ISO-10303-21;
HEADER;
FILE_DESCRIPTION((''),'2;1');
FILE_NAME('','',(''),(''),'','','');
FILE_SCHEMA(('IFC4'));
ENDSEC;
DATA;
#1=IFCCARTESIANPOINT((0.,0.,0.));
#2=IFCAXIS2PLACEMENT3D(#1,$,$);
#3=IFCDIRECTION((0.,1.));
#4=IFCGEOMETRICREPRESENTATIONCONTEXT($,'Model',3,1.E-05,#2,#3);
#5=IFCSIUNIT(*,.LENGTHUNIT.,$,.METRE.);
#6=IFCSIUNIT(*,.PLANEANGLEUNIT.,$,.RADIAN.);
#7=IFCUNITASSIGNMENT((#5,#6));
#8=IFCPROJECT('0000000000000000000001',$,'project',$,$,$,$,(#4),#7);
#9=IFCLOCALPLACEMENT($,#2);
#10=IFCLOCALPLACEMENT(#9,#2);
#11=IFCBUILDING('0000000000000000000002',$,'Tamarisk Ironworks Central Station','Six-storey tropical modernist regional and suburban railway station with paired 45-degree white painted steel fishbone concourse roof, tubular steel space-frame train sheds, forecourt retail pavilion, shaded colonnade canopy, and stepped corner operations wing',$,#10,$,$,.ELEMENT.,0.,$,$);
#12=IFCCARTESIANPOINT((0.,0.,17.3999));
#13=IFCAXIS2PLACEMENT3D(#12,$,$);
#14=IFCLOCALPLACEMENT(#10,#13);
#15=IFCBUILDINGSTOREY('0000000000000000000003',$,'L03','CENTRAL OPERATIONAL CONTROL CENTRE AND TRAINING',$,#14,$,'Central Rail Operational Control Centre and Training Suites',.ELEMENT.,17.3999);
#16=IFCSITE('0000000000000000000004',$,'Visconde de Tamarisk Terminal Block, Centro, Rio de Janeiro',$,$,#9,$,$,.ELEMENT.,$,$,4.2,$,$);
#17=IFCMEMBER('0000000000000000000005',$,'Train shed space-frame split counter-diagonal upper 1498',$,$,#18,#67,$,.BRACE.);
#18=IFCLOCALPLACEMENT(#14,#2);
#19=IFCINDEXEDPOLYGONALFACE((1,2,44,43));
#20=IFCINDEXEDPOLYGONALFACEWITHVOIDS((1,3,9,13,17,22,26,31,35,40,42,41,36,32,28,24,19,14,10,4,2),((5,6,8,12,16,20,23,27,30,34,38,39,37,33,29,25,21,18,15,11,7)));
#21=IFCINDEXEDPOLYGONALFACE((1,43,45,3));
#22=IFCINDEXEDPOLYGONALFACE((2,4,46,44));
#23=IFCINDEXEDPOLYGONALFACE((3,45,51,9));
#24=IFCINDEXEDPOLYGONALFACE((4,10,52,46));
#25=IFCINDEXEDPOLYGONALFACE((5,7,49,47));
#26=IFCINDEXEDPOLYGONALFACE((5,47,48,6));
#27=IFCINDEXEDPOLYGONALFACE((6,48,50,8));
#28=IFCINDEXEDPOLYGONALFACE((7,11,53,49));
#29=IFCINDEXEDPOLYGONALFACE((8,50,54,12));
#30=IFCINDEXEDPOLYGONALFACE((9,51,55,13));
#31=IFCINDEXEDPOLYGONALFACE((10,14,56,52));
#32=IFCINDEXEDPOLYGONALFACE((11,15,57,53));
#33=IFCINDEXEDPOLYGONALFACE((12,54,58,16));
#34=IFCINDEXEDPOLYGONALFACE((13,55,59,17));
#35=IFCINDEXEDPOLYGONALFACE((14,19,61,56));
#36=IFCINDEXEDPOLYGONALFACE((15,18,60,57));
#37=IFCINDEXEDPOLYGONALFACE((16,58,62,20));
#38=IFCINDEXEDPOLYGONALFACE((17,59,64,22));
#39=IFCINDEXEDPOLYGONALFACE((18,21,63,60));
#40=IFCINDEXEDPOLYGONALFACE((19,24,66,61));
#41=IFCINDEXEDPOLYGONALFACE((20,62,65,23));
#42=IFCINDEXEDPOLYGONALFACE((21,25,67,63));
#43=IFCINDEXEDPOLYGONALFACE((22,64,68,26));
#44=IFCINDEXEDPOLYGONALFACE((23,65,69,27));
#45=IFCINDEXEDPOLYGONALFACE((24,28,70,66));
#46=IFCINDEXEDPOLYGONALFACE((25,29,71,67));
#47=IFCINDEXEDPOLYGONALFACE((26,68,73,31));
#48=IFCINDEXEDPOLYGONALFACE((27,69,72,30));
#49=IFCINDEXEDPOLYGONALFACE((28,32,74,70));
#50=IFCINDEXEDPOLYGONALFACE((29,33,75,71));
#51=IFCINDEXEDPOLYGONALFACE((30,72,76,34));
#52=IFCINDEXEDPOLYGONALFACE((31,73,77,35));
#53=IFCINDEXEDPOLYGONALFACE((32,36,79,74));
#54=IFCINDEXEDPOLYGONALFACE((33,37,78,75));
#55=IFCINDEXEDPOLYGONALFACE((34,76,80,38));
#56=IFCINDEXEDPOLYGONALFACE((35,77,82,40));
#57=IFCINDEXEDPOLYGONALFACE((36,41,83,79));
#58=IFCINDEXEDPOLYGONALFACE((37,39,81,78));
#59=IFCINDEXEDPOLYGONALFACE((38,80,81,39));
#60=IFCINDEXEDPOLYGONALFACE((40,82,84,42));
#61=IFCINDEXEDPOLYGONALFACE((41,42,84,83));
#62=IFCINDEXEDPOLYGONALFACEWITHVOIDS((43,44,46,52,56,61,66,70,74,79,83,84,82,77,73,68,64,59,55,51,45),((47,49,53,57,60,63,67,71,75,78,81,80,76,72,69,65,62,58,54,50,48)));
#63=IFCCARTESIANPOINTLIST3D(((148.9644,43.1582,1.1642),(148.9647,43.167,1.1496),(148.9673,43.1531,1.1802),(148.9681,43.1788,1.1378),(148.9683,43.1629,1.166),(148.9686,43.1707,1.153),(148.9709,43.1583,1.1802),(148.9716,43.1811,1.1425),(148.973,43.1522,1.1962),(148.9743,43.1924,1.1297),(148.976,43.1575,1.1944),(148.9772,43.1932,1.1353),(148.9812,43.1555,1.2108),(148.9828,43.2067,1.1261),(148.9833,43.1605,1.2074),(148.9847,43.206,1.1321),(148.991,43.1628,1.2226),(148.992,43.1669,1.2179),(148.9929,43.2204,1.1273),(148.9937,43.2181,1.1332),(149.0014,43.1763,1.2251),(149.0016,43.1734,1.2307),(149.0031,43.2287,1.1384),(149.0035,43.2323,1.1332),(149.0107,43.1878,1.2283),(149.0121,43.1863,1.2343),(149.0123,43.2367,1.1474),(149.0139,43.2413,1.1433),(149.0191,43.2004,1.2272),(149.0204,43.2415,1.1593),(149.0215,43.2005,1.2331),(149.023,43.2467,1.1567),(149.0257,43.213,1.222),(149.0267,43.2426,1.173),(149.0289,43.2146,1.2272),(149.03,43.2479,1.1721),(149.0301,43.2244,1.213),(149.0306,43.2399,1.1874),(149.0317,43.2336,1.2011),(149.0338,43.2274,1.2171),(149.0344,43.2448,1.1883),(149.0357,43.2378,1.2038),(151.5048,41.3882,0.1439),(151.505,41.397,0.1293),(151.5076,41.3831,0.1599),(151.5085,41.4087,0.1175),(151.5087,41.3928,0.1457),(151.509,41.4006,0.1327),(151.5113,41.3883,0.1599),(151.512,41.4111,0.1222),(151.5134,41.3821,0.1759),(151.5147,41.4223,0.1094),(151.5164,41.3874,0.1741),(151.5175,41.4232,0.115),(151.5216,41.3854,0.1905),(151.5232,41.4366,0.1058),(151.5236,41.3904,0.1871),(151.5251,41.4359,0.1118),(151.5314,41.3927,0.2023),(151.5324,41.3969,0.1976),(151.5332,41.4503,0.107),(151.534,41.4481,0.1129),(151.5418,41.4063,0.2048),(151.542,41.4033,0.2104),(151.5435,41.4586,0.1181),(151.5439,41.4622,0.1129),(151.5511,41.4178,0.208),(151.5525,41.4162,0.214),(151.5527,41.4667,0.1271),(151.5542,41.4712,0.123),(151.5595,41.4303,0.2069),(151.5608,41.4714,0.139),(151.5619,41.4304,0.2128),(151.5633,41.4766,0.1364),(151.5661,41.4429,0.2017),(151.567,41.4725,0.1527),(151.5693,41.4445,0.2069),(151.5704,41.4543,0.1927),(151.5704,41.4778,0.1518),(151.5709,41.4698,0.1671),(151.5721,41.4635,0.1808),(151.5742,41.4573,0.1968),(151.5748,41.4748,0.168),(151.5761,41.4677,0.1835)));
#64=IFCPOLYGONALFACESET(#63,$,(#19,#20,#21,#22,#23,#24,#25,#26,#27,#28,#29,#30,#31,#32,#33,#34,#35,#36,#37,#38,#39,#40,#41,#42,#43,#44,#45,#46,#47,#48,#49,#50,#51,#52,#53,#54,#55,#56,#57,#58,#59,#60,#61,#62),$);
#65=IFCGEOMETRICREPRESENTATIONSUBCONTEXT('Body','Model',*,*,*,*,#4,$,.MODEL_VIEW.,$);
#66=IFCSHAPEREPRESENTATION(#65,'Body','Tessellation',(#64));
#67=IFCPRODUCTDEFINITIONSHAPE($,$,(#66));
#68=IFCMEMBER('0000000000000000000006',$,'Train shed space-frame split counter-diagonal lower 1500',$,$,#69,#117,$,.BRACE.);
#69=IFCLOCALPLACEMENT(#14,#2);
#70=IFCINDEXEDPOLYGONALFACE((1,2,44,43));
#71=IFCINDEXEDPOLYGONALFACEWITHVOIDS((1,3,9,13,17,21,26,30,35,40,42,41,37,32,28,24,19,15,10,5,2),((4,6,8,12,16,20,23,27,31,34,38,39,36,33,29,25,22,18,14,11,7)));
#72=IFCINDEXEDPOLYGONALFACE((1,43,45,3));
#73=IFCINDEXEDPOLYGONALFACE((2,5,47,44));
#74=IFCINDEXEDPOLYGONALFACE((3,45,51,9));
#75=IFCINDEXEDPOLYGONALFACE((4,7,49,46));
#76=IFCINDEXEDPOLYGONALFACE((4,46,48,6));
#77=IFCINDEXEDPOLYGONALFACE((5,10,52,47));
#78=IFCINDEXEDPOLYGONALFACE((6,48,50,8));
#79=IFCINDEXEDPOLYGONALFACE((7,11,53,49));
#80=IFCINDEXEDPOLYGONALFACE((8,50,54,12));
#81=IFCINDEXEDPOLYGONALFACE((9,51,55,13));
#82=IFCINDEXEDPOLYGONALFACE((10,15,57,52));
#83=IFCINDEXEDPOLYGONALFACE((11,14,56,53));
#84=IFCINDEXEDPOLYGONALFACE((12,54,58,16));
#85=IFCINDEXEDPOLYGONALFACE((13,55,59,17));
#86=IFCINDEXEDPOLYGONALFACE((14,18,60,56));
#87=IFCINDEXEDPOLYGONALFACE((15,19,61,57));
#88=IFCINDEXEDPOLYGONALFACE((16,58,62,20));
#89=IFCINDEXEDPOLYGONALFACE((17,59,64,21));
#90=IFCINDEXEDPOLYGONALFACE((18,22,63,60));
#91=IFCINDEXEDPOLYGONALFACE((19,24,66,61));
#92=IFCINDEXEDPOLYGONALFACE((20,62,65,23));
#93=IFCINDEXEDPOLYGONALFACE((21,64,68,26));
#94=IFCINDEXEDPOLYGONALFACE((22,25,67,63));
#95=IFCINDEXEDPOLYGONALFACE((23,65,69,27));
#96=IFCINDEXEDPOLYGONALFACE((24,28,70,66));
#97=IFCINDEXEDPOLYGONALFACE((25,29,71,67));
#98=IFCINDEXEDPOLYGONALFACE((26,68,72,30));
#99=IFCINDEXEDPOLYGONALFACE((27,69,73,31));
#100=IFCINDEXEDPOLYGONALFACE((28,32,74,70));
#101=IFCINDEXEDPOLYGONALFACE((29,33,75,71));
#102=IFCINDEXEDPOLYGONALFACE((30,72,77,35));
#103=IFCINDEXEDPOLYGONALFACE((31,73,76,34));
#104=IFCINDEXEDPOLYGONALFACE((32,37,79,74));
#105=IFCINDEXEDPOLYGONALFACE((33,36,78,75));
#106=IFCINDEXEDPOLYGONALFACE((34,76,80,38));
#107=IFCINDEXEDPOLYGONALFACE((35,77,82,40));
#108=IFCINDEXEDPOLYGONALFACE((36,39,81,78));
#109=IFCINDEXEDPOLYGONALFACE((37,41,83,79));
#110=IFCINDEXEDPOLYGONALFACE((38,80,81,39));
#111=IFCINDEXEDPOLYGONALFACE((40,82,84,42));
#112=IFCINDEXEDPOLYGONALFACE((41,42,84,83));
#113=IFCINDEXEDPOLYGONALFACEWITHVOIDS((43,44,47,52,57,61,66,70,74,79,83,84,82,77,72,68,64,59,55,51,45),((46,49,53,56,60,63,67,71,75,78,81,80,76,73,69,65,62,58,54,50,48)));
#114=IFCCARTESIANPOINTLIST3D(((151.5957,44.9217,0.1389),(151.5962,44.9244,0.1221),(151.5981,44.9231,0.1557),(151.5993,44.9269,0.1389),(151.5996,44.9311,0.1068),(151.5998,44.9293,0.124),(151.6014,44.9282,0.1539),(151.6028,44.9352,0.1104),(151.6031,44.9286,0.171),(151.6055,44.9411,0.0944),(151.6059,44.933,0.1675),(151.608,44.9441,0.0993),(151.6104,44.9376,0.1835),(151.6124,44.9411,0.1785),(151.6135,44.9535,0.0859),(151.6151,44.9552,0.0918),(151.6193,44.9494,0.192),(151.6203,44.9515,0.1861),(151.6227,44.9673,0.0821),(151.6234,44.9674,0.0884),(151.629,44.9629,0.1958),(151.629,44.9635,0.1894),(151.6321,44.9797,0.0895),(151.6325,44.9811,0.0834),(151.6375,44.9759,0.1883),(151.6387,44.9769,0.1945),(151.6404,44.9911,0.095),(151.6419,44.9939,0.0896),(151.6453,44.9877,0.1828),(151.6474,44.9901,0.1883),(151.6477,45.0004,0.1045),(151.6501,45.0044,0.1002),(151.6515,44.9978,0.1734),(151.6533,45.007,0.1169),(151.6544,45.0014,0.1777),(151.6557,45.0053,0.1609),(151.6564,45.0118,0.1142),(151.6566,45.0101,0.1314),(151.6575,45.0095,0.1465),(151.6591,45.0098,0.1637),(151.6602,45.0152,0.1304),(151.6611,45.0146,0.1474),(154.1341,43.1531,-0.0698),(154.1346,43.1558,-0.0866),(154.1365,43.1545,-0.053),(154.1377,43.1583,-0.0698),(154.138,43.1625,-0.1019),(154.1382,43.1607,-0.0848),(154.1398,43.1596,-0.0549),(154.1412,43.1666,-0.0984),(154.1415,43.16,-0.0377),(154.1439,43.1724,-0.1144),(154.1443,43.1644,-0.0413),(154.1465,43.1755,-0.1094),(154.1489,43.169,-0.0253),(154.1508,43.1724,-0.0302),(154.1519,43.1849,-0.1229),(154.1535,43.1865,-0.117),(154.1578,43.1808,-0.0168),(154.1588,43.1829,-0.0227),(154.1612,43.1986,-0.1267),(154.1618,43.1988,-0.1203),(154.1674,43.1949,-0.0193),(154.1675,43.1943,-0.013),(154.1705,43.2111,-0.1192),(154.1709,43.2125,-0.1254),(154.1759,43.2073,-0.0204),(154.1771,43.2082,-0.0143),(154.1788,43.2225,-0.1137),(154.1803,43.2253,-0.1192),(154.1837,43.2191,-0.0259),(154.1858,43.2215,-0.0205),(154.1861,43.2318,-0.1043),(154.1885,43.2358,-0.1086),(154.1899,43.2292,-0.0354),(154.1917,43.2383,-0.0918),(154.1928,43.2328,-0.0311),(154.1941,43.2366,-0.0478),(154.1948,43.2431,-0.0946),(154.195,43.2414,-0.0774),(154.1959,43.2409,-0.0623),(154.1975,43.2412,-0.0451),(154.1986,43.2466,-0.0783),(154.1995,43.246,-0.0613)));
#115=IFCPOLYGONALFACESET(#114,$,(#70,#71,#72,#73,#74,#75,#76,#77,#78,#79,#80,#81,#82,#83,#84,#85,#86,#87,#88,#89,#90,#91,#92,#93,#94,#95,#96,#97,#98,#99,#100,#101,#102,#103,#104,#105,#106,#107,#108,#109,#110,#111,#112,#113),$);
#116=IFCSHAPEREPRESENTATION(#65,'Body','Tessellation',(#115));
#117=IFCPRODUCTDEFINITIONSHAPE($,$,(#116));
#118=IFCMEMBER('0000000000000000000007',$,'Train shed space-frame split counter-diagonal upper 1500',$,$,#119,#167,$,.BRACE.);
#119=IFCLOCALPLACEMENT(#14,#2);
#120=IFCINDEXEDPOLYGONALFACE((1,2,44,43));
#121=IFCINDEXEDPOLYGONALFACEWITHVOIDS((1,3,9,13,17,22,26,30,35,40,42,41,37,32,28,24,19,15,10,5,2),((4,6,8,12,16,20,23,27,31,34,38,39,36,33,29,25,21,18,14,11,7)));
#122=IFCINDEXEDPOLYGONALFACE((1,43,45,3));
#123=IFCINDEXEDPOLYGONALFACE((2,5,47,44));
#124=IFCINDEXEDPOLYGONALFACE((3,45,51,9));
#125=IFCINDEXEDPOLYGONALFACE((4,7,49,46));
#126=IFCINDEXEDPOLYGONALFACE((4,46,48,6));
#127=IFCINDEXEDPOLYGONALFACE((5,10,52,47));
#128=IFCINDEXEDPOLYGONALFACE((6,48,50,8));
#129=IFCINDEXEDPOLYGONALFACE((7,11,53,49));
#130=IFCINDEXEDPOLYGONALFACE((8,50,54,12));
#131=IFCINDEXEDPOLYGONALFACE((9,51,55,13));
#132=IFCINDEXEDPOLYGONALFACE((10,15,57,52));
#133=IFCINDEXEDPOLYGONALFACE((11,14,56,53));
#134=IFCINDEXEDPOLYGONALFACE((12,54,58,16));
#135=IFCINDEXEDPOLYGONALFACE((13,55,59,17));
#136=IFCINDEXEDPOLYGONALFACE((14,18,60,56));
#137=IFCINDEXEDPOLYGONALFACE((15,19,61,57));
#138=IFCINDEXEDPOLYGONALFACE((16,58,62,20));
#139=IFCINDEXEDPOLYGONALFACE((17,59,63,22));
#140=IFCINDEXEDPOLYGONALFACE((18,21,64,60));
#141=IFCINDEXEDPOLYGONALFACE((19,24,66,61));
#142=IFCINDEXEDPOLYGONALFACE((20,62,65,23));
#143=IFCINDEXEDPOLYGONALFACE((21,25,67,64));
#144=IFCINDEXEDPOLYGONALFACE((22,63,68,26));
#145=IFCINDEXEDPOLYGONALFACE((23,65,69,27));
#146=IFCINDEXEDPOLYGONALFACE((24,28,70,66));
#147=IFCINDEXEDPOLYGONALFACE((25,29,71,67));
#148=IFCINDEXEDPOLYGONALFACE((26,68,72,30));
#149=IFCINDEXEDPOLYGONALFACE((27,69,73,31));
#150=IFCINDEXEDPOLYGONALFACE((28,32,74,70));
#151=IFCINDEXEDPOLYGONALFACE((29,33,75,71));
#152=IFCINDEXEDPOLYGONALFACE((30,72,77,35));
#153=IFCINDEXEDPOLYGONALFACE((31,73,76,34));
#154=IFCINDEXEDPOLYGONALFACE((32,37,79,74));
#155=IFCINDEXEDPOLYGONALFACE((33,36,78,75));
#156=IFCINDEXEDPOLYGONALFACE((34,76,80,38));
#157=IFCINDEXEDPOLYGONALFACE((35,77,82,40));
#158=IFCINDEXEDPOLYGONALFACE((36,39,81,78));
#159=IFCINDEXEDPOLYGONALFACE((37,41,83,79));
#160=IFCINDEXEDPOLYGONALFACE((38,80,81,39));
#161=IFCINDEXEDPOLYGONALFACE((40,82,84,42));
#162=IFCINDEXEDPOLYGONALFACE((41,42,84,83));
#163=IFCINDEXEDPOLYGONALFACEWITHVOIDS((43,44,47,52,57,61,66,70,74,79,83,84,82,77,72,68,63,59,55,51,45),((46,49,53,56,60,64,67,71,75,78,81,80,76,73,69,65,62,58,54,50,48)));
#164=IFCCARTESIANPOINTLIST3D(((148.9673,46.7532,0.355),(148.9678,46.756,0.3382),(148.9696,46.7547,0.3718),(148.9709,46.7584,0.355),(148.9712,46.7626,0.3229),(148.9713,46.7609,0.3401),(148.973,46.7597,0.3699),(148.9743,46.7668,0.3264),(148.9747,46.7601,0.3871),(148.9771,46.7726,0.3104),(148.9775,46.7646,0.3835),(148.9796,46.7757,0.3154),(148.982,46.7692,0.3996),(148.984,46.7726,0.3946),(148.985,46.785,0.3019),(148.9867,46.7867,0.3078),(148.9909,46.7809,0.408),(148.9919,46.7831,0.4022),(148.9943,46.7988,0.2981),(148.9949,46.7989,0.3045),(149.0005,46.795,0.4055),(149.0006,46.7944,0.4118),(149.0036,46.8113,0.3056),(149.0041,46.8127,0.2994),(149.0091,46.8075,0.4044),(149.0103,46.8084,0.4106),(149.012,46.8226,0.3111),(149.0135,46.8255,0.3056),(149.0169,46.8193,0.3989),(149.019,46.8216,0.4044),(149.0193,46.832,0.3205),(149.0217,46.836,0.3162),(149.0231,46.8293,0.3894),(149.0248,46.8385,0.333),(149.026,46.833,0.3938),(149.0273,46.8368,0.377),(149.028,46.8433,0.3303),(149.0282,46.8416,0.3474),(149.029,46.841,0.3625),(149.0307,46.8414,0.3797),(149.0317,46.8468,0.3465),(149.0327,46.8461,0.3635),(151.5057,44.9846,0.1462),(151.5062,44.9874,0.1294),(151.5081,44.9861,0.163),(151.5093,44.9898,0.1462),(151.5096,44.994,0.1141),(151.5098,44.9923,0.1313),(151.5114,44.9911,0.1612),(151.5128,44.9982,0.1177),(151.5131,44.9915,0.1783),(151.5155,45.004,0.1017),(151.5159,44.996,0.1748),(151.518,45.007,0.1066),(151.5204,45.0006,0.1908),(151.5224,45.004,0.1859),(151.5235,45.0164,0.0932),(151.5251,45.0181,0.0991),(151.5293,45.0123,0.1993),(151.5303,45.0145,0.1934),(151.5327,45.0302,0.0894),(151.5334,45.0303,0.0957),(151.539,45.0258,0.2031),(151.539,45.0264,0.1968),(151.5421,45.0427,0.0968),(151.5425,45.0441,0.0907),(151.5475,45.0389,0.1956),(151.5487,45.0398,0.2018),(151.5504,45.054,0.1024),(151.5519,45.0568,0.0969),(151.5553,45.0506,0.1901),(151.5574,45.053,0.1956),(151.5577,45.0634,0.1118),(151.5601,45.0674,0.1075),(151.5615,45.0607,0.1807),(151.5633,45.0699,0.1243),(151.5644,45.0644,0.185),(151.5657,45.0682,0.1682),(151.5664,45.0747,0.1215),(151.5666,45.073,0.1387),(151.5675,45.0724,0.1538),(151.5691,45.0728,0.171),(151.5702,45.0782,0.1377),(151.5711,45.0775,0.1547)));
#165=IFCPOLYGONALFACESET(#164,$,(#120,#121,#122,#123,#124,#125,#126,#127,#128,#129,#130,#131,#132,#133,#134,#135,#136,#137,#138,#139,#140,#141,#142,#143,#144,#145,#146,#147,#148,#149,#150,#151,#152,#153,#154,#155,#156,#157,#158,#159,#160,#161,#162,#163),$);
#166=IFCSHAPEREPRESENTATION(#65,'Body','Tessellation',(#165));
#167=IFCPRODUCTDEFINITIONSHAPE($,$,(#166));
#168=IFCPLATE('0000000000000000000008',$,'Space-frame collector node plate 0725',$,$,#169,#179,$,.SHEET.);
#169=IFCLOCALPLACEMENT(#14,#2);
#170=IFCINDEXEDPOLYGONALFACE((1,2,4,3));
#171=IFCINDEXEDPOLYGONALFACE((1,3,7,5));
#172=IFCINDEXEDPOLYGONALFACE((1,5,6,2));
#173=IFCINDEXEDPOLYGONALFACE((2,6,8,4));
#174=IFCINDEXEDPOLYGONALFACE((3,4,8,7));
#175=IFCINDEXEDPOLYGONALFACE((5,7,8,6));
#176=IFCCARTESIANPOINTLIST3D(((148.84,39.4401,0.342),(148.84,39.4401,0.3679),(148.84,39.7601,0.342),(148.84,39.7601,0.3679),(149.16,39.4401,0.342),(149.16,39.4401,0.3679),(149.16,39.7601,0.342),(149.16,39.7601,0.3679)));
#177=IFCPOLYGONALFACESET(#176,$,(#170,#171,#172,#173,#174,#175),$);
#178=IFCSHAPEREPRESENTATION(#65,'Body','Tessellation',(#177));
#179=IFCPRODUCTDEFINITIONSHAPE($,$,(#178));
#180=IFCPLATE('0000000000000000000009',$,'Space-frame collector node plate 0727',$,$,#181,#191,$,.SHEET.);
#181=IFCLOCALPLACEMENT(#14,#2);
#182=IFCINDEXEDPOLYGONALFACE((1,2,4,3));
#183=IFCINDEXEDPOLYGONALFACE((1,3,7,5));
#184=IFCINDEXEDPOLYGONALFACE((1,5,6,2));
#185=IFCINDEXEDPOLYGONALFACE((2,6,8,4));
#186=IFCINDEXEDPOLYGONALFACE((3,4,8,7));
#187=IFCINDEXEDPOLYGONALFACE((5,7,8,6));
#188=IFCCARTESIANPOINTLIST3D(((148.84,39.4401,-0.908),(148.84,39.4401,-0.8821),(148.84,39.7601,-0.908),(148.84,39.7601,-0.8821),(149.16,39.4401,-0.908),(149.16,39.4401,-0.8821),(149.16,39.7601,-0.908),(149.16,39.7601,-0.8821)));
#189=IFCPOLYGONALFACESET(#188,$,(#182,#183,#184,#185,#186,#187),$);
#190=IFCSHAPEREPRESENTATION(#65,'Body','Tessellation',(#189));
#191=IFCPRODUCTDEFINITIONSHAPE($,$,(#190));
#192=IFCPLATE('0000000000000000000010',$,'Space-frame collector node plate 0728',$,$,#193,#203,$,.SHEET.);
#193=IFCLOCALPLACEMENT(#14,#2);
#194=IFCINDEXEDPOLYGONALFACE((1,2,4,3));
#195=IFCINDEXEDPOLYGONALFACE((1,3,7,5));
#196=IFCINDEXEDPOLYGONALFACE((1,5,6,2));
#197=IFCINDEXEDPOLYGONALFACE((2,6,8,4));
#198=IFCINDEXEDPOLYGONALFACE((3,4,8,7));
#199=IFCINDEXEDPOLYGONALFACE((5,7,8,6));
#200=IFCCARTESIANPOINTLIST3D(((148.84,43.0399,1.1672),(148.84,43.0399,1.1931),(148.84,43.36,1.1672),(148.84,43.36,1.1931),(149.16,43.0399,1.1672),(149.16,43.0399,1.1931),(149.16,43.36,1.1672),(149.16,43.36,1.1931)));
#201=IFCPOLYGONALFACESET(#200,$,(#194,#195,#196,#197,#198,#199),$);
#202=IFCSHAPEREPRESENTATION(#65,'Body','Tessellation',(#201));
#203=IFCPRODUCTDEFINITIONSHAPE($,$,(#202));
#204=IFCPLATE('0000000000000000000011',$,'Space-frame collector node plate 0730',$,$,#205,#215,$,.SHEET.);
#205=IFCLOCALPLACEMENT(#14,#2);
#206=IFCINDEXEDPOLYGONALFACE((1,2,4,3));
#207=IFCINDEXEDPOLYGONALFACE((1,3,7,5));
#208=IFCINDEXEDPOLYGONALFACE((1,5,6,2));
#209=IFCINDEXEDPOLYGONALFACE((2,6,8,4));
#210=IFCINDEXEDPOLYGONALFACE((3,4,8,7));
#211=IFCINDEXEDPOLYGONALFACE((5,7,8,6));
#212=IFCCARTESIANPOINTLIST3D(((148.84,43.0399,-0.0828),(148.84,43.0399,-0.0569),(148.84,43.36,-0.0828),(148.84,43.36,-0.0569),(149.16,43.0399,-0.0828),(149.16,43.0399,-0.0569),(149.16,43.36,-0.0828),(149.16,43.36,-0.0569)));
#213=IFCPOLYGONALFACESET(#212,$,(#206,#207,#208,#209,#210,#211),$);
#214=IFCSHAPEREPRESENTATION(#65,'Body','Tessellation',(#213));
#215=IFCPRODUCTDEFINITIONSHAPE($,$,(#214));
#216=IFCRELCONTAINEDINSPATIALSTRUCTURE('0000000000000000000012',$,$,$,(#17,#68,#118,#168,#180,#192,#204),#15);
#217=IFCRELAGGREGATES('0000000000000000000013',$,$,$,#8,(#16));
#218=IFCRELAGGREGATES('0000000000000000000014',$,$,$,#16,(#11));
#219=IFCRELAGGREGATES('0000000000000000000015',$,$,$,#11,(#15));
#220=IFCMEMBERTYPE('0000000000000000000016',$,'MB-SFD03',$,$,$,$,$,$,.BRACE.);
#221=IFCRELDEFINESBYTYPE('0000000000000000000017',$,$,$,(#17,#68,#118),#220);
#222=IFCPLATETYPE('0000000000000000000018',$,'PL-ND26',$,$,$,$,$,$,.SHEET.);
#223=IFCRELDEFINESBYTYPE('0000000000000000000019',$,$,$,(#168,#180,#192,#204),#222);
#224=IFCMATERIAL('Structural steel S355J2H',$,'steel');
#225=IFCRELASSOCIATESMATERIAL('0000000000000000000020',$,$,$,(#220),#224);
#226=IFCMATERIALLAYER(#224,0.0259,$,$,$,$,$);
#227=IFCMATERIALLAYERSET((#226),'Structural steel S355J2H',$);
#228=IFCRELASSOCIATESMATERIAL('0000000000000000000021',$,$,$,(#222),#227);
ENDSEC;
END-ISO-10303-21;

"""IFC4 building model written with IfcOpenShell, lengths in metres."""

from ifc_helpers import new_model, si_unit, direction, frame, origin, origin_2d, place, context, subcontext, project, spatial, rectangle, hollow_circle, extrude, material, layer, layer_set, material_profile, profile_set, type_object, element, save


model = new_model("IFC4")

# Units and contexts
model_context = context("Model", 3, precision=1e-05, world=origin(), true_north=direction((0.0, 1.0)))
body_context = subcontext(model_context, "Body", "Model", "MODEL_VIEW")
ifc_project = project(units=[si_unit("LENGTHUNIT", "METRE"), si_unit("PLANEANGLEUNIT", "RADIAN")], contexts=[model_context])

# Site, building, storey
site_placement = place(None, origin())
site = spatial("IfcSite", under=ifc_project, at=site_placement, Name="Visconde de Tamarisk Terminal Block, Centro, Rio de Janeiro", CompositionType="ELEMENT", RefElevation=4.2)
building_placement = place(site_placement, origin())
building = spatial("IfcBuilding", under=site, at=building_placement, Name="Tamarisk Ironworks Central Station", Description="Six-storey tropical modernist regional and suburban railway station with paired 45-degree white painted steel fishbone concourse roof, tubular steel space-frame train sheds, forecourt retail pavilion, shaded colonnade canopy, and stepped corner operations wing", CompositionType="ELEMENT", ElevationOfRefHeight=0.0)
storey_placement = place(building_placement, frame((0.0, 0.0, 17.3999)))
storey = spatial("IfcBuildingStorey", under=building, at=storey_placement, Name="L03", Description="CENTRAL OPERATIONAL CONTROL CENTRE AND TRAINING", LongName="Central Rail Operational Control Centre and Training Suites", CompositionType="ELEMENT", Elevation=17.3999)

# Members
ifc_material = material(Name="Structural steel S355J2H", Category="steel")
ifc_material_profile_1 = material_profile(ifc_material, hollow_circle(Radius=0.0571, WallThickness=0.0063, at=origin_2d()), Name="CHS 114.3x6.3")
ifc_profile_set_1 = profile_set([ifc_material_profile_1], Name="Structural steel S355J2H")
member_type_1 = type_object("IfcMemberType", Name="MB-SFD03", PredefinedType="BRACE", material=ifc_profile_set_1)
member_1_placement = place(storey_placement, frame((151.5403, 41.4299, 0.1599), z_axis=(-0.779252, 0.542967, 0.312974), x_axis=(-0.571688, -0.820471, 0.0)))
element("IfcMember", 1, at=member_1_placement, inside=storey, type_object=member_type_1, Name="Train shed space-frame split counter-diagonal upper 1498", PredefinedType="BRACE", context=body_context, shape_type="SweptSolid", body=[
    extrude(hollow_circle(Radius=0.0571, WallThickness=0.0063, at=origin_2d()), origin(), (0.0, 0.0, 1.0), 3.26),
])
for number, where, z_axis, x_axis, name in (
    (2, (154.1667, 43.2, -0.0698), (-0.818625, 0.570369, 0.06732), (-0.571666, -0.820487, 0.0), "Train shed space-frame split counter-diagonal lower 1500"),
    (3, (151.5383, 45.0315, 0.1462), (-0.818625, 0.570369, 0.06732), (-0.571666, -0.820487, 0.0), "Train shed space-frame split counter-diagonal upper 1500"),
):
    element("IfcMember", number, at=place(storey_placement, frame(where, z_axis=z_axis, x_axis=x_axis)), inside=storey, type_object=member_type_1, Name=name, PredefinedType="BRACE", context=body_context, shape_type="SweptSolid", body=[
        extrude(hollow_circle(Radius=0.0571, WallThickness=0.0063, at=origin_2d()), origin(), (0.0, 0.0, 1.0), 3.1008),
    ])

# Plates
ifc_layer = layer(ifc_material, 0.0259)
ifc_layer_set = layer_set([ifc_layer], Name="Structural steel S355J2H")
plate_type = type_object("IfcPlateType", Name="PL-ND26", PredefinedType="SHEET", material=ifc_layer_set)
for number, where, z_axis, x_axis, name in (
    (4, (149.0, 39.6001, 0.342), (0.0, 0.0, 1.0), (1.0, 0.0, 0.0), "Space-frame collector node plate 0725"),
    (5, (149.0, 39.6001, -0.908), (0.0, 0.0, 1.0), (1.0, 0.0, 0.0), "Space-frame collector node plate 0727"),
    (6, (149.0, 43.2, 1.1672), (0.0, 0.0, 1.0), (1.0, 0.0, 0.0), "Space-frame collector node plate 0728"),
    (7, (149.0, 43.2, -0.0828), (0.0, 0.0, 1.0), (1.0, 0.0, 0.0), "Space-frame collector node plate 0730"),
):
    element("IfcPlate", number, at=place(storey_placement, frame(where, z_axis=z_axis, x_axis=x_axis)), inside=storey, type_object=plate_type, Name=name, PredefinedType="SHEET", context=body_context, shape_type="SweptSolid", body=[
        extrude(rectangle(XDim=0.3201, YDim=0.3201, at=origin_2d()), origin(), (0.0, 0.0, 1.0), 0.0259),
    ])

save(model, "model.ifc")
